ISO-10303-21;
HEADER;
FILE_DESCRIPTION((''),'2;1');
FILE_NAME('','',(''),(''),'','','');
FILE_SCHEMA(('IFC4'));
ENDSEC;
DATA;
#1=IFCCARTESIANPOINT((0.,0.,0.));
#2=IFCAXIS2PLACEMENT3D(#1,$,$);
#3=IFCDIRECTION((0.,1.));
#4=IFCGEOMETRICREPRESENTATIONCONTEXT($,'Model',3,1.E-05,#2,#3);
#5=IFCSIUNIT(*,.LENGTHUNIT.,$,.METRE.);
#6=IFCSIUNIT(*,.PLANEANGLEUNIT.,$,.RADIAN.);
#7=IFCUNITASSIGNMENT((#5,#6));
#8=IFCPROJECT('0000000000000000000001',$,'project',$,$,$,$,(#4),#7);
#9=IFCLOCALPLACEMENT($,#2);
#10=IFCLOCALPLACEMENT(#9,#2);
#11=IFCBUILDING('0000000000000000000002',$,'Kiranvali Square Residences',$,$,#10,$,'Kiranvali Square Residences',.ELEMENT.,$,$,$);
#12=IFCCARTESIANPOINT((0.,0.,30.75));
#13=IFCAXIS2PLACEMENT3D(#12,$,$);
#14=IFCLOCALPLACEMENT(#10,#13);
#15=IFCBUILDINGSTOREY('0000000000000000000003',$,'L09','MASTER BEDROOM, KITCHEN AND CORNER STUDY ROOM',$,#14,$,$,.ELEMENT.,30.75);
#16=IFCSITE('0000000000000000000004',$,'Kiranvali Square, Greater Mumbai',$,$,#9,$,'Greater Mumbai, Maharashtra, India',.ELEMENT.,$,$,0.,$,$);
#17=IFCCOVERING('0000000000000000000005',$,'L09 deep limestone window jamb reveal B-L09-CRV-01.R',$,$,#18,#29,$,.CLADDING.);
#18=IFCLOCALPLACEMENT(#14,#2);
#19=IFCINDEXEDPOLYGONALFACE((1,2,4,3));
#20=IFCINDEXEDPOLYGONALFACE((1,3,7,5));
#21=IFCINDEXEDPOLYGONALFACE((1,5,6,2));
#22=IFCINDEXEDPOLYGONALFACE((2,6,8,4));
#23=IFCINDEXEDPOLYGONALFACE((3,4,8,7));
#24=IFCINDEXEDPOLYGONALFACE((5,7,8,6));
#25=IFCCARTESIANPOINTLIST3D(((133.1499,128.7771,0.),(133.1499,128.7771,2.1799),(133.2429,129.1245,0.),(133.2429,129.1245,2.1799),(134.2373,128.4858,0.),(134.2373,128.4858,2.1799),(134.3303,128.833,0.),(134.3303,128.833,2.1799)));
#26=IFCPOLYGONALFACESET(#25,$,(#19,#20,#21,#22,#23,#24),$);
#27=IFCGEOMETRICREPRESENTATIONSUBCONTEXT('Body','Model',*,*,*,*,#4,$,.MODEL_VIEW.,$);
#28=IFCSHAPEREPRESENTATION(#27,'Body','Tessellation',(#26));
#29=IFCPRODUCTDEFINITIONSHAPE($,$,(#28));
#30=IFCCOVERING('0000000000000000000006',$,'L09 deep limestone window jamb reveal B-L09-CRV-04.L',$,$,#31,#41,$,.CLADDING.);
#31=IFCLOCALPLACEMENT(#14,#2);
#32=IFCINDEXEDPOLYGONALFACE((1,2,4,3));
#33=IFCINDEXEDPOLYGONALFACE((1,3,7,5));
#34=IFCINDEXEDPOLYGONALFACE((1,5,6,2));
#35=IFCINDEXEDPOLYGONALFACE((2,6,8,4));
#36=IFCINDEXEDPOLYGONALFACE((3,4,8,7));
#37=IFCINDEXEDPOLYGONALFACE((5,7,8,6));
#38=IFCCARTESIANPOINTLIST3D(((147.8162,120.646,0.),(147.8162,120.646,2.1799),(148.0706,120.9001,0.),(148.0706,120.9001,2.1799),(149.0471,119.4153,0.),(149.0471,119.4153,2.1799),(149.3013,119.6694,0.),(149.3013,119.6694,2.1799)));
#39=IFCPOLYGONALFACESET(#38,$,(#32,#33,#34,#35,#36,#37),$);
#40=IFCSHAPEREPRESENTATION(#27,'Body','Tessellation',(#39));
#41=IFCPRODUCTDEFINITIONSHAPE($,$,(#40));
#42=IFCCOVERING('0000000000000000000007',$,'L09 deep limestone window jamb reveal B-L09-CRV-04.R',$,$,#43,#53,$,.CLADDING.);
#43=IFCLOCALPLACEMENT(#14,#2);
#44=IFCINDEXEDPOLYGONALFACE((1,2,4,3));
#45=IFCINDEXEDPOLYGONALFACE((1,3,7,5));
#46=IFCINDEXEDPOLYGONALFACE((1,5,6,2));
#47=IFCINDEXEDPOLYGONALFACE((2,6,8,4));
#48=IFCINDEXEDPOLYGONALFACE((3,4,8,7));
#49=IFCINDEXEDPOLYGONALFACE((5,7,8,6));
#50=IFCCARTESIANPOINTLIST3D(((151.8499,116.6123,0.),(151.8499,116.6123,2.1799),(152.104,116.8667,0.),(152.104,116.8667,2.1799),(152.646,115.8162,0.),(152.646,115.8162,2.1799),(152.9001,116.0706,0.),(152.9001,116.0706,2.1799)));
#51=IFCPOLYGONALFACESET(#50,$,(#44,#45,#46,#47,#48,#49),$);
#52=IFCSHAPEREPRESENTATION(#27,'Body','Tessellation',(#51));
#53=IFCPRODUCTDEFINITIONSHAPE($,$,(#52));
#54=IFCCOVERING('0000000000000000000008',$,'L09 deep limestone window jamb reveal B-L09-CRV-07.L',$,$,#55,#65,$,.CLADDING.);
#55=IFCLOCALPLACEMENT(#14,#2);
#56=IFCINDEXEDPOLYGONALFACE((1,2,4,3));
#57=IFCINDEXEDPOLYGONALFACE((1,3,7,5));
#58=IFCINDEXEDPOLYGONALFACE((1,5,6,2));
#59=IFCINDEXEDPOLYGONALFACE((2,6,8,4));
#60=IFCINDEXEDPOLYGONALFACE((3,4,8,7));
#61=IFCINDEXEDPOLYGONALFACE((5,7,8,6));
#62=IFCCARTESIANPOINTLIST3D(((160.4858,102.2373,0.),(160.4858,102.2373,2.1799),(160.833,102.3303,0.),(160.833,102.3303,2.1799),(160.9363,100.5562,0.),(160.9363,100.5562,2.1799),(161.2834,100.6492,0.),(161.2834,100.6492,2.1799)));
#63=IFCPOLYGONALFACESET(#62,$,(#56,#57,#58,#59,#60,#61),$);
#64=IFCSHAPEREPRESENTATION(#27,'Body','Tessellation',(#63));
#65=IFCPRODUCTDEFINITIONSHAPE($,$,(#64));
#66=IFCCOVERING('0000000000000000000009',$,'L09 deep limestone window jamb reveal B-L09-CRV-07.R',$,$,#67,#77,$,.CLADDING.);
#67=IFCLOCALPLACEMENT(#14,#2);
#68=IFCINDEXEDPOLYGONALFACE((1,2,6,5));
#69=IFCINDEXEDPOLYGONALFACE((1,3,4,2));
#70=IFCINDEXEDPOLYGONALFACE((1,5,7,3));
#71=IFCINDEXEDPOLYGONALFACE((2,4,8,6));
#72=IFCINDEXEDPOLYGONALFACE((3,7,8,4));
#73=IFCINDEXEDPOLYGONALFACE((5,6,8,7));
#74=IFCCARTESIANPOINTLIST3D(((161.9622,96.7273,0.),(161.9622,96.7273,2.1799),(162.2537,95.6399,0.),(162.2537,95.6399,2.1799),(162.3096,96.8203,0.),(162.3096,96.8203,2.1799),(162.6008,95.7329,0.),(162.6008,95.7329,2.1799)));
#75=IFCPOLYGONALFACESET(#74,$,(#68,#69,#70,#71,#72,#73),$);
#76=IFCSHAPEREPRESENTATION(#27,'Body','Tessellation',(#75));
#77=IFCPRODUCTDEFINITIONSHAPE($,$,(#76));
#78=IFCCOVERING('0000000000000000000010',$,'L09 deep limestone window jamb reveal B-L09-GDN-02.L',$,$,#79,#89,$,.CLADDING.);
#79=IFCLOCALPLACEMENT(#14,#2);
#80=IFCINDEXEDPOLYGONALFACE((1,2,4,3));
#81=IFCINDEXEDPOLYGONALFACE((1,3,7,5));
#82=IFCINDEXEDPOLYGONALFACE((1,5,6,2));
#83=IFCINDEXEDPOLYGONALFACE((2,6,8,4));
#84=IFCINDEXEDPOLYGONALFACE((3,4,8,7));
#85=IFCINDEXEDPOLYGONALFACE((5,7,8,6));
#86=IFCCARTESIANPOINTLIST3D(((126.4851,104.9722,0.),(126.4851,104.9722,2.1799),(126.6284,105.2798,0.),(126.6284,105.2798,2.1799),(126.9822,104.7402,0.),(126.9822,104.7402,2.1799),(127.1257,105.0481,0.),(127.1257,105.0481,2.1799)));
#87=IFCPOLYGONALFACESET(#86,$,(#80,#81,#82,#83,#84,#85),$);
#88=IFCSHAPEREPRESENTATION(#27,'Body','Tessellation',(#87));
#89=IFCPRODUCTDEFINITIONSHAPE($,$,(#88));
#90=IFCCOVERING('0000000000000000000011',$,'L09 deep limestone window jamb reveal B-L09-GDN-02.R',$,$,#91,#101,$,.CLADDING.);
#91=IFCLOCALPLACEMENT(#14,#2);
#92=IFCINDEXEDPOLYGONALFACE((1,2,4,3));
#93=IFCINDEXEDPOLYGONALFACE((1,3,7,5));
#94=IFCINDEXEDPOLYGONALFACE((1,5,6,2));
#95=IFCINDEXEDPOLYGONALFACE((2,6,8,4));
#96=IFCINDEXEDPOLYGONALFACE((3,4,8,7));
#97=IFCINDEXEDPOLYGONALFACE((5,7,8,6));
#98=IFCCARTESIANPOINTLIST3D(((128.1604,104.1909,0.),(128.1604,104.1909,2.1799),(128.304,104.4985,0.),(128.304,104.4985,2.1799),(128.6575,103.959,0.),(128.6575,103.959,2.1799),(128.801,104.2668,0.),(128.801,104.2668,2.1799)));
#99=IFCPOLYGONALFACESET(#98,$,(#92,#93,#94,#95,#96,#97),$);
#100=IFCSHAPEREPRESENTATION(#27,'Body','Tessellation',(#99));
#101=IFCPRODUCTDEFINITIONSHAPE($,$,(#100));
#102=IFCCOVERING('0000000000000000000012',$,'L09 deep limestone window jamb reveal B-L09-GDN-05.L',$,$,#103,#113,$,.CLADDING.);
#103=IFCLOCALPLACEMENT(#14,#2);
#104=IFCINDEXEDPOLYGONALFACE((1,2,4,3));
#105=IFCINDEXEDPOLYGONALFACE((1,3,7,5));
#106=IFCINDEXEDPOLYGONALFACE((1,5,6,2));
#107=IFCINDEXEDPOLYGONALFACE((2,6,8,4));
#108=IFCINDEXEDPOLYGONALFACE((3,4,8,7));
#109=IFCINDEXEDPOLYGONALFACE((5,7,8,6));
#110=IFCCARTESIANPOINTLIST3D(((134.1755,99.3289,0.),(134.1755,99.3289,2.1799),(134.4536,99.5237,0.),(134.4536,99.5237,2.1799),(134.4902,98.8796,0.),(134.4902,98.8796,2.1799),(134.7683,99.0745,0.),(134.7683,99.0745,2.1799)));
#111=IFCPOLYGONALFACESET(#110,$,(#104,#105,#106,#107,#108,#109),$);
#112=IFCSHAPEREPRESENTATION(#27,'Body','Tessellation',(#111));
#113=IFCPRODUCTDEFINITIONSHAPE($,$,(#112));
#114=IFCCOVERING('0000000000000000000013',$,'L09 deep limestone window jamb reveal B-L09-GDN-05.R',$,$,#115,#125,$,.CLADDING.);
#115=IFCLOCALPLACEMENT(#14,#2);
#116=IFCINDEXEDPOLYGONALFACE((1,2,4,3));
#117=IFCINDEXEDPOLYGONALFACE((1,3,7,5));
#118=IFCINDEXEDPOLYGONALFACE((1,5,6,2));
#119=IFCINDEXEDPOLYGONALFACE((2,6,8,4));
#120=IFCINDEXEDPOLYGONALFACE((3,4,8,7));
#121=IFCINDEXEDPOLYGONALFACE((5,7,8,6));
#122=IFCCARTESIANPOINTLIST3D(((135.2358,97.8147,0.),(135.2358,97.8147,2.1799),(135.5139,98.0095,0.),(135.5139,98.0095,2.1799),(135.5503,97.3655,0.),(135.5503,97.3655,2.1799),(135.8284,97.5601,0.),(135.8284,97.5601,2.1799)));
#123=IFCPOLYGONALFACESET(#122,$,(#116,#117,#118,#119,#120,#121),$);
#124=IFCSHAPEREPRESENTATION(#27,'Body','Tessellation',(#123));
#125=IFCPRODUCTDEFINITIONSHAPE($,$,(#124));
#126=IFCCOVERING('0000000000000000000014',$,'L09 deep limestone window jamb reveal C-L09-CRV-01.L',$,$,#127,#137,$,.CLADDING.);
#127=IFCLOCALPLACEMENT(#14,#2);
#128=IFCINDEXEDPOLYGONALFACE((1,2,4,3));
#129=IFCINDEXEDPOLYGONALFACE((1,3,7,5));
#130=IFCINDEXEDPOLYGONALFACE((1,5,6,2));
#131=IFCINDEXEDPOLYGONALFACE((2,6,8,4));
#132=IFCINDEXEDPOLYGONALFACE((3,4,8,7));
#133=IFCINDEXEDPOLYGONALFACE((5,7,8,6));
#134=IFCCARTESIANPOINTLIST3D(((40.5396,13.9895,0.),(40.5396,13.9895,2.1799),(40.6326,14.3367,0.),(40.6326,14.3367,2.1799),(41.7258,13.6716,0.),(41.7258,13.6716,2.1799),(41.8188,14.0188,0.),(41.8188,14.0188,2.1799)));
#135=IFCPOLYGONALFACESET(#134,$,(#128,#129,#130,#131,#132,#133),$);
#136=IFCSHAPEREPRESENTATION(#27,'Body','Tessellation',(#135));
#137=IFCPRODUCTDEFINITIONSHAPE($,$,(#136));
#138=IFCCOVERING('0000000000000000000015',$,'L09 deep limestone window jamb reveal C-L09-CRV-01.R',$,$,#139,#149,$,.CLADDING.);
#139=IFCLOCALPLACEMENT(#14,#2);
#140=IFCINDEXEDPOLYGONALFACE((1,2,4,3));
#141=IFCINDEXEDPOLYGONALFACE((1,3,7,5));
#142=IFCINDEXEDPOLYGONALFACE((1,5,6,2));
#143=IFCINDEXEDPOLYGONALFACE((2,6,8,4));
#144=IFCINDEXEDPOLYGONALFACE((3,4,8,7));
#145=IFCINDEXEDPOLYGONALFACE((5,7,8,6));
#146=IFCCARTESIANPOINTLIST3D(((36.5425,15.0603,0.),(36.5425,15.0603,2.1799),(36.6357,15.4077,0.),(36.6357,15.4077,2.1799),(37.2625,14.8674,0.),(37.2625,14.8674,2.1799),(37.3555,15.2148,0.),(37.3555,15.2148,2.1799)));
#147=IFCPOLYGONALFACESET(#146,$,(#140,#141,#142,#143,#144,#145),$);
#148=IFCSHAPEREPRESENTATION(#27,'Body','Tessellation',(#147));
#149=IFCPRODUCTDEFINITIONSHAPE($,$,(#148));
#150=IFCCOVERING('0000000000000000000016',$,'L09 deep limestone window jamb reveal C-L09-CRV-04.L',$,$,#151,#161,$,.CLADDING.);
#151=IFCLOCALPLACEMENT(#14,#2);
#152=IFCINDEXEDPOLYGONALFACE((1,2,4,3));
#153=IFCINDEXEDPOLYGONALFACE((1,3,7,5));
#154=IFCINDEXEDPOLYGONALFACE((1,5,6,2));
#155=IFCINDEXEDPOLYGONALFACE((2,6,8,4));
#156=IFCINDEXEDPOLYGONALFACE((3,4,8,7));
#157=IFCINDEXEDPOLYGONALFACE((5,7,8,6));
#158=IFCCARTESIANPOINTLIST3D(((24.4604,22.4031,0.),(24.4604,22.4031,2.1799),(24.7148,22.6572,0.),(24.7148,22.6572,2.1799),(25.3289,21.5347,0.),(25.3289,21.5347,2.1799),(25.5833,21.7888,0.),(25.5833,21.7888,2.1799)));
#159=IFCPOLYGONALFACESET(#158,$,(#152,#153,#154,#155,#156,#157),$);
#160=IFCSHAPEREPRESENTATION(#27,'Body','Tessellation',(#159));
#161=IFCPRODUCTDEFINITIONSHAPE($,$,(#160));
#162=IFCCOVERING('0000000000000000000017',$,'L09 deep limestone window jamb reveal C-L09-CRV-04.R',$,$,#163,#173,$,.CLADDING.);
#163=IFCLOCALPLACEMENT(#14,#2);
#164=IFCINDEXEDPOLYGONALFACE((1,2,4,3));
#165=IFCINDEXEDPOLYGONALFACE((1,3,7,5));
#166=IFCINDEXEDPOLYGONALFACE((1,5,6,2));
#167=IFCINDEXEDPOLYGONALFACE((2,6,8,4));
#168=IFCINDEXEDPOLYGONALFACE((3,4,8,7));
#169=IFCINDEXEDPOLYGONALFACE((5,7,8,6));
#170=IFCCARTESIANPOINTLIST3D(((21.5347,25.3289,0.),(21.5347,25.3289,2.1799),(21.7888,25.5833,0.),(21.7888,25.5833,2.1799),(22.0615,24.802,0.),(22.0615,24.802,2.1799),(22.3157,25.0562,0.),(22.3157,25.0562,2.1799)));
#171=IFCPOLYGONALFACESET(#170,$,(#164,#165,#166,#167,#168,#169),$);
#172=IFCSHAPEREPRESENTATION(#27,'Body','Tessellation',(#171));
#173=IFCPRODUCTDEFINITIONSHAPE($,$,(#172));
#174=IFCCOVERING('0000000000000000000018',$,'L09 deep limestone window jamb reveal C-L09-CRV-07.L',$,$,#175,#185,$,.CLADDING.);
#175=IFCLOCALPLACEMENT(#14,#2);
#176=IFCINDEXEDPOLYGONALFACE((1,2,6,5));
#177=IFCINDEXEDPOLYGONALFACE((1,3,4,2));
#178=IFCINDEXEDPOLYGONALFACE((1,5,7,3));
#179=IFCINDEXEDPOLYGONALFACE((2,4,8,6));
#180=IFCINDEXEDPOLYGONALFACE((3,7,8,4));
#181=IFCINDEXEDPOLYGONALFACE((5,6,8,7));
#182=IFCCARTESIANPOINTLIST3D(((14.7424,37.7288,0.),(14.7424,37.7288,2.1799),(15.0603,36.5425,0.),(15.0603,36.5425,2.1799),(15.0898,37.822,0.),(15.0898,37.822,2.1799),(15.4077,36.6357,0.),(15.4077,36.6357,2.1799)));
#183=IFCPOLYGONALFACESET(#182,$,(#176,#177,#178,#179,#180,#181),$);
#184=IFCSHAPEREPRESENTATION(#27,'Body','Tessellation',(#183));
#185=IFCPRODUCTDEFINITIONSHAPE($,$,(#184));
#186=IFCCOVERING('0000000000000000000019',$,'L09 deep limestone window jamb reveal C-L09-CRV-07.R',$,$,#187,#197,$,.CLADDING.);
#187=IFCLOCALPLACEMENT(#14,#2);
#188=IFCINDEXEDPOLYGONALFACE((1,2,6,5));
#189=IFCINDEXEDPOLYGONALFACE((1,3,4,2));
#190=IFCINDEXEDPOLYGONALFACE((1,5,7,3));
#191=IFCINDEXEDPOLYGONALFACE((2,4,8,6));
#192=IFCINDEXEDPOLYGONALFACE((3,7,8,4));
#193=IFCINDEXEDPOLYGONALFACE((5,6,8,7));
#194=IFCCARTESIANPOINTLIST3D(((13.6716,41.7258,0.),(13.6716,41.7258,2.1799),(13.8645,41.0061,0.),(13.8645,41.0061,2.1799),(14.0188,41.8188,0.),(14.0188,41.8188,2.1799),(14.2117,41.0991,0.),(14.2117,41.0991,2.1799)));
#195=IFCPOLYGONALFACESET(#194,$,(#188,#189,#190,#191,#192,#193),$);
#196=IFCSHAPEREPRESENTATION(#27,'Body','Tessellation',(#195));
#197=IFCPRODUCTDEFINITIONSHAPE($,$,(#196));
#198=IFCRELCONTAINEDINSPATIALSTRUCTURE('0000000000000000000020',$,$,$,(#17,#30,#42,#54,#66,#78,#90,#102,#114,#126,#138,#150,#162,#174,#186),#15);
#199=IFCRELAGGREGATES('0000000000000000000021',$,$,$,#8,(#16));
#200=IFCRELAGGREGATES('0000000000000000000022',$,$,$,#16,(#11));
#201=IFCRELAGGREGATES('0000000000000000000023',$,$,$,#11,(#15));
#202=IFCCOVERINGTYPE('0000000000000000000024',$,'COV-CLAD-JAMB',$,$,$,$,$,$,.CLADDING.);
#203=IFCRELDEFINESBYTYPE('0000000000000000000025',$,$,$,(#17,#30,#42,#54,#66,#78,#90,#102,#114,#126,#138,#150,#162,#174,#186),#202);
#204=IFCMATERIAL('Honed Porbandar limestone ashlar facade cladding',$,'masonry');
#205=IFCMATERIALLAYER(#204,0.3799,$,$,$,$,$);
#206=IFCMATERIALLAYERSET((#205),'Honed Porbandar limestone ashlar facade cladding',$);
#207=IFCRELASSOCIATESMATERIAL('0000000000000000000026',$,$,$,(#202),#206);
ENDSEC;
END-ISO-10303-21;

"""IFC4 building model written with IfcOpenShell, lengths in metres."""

from ifc_helpers import new_model, si_unit, direction, frame, origin, place, context, subcontext, project, spatial, polyline, outline, extrude, material, layer, layer_set, type_object, element, save


model = new_model("IFC4")

# Units and contexts
model_context = context("Model", 3, precision=1e-05, world=origin(), true_north=direction((0.0, 1.0)))
body_context = subcontext(model_context, "Body", "Model", "MODEL_VIEW")
ifc_project = project(units=[si_unit("LENGTHUNIT", "METRE"), si_unit("PLANEANGLEUNIT", "RADIAN")], contexts=[model_context])

# Site, building, storey
site_placement = place(None, origin())
site = spatial("IfcSite", under=ifc_project, at=site_placement, Name="Kiranvali Square, Greater Mumbai", LongName="Greater Mumbai, Maharashtra, India", CompositionType="ELEMENT", RefElevation=0.0)
building_placement = place(site_placement, origin())
building = spatial("IfcBuilding", under=site, at=building_placement, Name="Kiranvali Square Residences", LongName="Kiranvali Square Residences", CompositionType="ELEMENT")
storey_placement = place(building_placement, frame((0.0, 0.0, 30.75)))
storey = spatial("IfcBuildingStorey", under=building, at=storey_placement, Name="L09", Description="MASTER BEDROOM, KITCHEN AND CORNER STUDY ROOM", CompositionType="ELEMENT", Elevation=30.75)

# Coverings
ifc_material = material(Name="Honed Porbandar limestone ashlar facade cladding", Category="masonry")
ifc_layer_1 = layer(ifc_material, 0.3799)
ifc_layer_set_1 = layer_set([ifc_layer_1], Name="Honed Porbandar limestone ashlar facade cladding")
covering_type_1 = type_object("IfcCoveringType", Name="COV-CLAD-JAMB", PredefinedType="CLADDING", material=ifc_layer_set_1)
covering_1_placement = place(storey_placement, origin())
element("IfcCovering", 1, at=covering_1_placement, inside=storey, type_object=covering_type_1, Name="L09 deep limestone window jamb reveal B-L09-CRV-01.R", PredefinedType="CLADDING", context=body_context, shape_type="SweptSolid", body=[
    extrude(outline(polyline([(133.1499, 128.7771), (134.2373, 128.4858), (134.3303, 128.833), (133.2429, 129.1245), (133.1499, 128.7771)])), origin(), (0.0, 0.0, 1.0), 2.1799),
])
covering_2_placement = place(storey_placement, origin())
element("IfcCovering", 2, at=covering_2_placement, inside=storey, type_object=covering_type_1, Name="L09 deep limestone window jamb reveal B-L09-CRV-04.L", PredefinedType="CLADDING", context=body_context, shape_type="SweptSolid", body=[
    extrude(outline(polyline([(147.8162, 120.646), (149.0471, 119.4153), (149.3013, 119.6694), (148.0706, 120.9001), (147.8162, 120.646)])), origin(), (0.0, 0.0, 1.0), 2.1799),
])
covering_3_placement = place(storey_placement, origin())
element("IfcCovering", 3, at=covering_3_placement, inside=storey, type_object=covering_type_1, Name="L09 deep limestone window jamb reveal B-L09-CRV-04.R", PredefinedType="CLADDING", context=body_context, shape_type="SweptSolid", body=[
    extrude(outline(polyline([(151.8499, 116.6123), (152.646, 115.8162), (152.9001, 116.0706), (152.104, 116.8667), (151.8499, 116.6123)])), origin(), (0.0, 0.0, 1.0), 2.1799),
])
covering_4_placement = place(storey_placement, origin())
element("IfcCovering", 4, at=covering_4_placement, inside=storey, type_object=covering_type_1, Name="L09 deep limestone window jamb reveal B-L09-CRV-07.L", PredefinedType="CLADDING", context=body_context, shape_type="SweptSolid", body=[
    extrude(outline(polyline([(160.4858, 102.2373), (160.9363, 100.5562), (161.2834, 100.6492), (160.833, 102.3303), (160.4858, 102.2373)])), origin(), (0.0, 0.0, 1.0), 2.1799),
])
covering_5_placement = place(storey_placement, origin())
element("IfcCovering", 5, at=covering_5_placement, inside=storey, type_object=covering_type_1, Name="L09 deep limestone window jamb reveal B-L09-CRV-07.R", PredefinedType="CLADDING", context=body_context, shape_type="SweptSolid", body=[
    extrude(outline(polyline([(161.9622, 96.7273), (162.2537, 95.6399), (162.6008, 95.7329), (162.3096, 96.8203), (161.9622, 96.7273)])), origin(), (0.0, 0.0, 1.0), 2.1799),
])
covering_6_placement = place(storey_placement, origin())
element("IfcCovering", 6, at=covering_6_placement, inside=storey, type_object=covering_type_1, Name="L09 deep limestone window jamb reveal B-L09-GDN-02.L", PredefinedType="CLADDING", context=body_context, shape_type="SweptSolid", body=[
    extrude(outline(polyline([(126.4851, 104.9722), (126.9822, 104.7402), (127.1257, 105.0481), (126.6284, 105.2798), (126.4851, 104.9722)])), origin(), (0.0, 0.0, 1.0), 2.1799),
])
covering_7_placement = place(storey_placement, origin())
element("IfcCovering", 7, at=covering_7_placement, inside=storey, type_object=covering_type_1, Name="L09 deep limestone window jamb reveal B-L09-GDN-02.R", PredefinedType="CLADDING", context=body_context, shape_type="SweptSolid", body=[
    extrude(outline(polyline([(128.1604, 104.1909), (128.6575, 103.959), (128.801, 104.2668), (128.304, 104.4985), (128.1604, 104.1909)])), origin(), (0.0, 0.0, 1.0), 2.1799),
])
covering_8_placement = place(storey_placement, origin())
element("IfcCovering", 8, at=covering_8_placement, inside=storey, type_object=covering_type_1, Name="L09 deep limestone window jamb reveal B-L09-GDN-05.L", PredefinedType="CLADDING", context=body_context, shape_type="SweptSolid", body=[
    extrude(outline(polyline([(134.1755, 99.3289), (134.4902, 98.8796), (134.7683, 99.0745), (134.4536, 99.5237), (134.1755, 99.3289)])), origin(), (0.0, 0.0, 1.0), 2.1799),
])
covering_9_placement = place(storey_placement, origin())
element("IfcCovering", 9, at=covering_9_placement, inside=storey, type_object=covering_type_1, Name="L09 deep limestone window jamb reveal B-L09-GDN-05.R", PredefinedType="CLADDING", context=body_context, shape_type="SweptSolid", body=[
    extrude(outline(polyline([(135.2358, 97.8147), (135.5503, 97.3655), (135.8284, 97.5601), (135.5139, 98.0095), (135.2358, 97.8147)])), origin(), (0.0, 0.0, 1.0), 2.1799),
])
covering_10_placement = place(storey_placement, origin())
element("IfcCovering", 10, at=covering_10_placement, inside=storey, type_object=covering_type_1, Name="L09 deep limestone window jamb reveal C-L09-CRV-01.L", PredefinedType="CLADDING", context=body_context, shape_type="SweptSolid", body=[
    extrude(outline(polyline([(41.8188, 14.0188), (40.6326, 14.3367), (40.5396, 13.9895), (41.7258, 13.6716), (41.8188, 14.0188)])), origin(), (0.0, 0.0, 1.0), 2.1799),
])
covering_11_placement = place(storey_placement, origin())
element("IfcCovering", 11, at=covering_11_placement, inside=storey, type_object=covering_type_1, Name="L09 deep limestone window jamb reveal C-L09-CRV-01.R", PredefinedType="CLADDING", context=body_context, shape_type="SweptSolid", body=[
    extrude(outline(polyline([(37.3555, 15.2148), (36.6357, 15.4077), (36.5425, 15.0603), (37.2625, 14.8674), (37.3555, 15.2148)])), origin(), (0.0, 0.0, 1.0), 2.1799),
])
covering_12_placement = place(storey_placement, origin())
element("IfcCovering", 12, at=covering_12_placement, inside=storey, type_object=covering_type_1, Name="L09 deep limestone window jamb reveal C-L09-CRV-04.L", PredefinedType="CLADDING", context=body_context, shape_type="SweptSolid", body=[
    extrude(outline(polyline([(25.5833, 21.7888), (24.7148, 22.6572), (24.4604, 22.4031), (25.3289, 21.5347), (25.5833, 21.7888)])), origin(), (0.0, 0.0, 1.0), 2.1799),
])
covering_13_placement = place(storey_placement, origin())
element("IfcCovering", 13, at=covering_13_placement, inside=storey, type_object=covering_type_1, Name="L09 deep limestone window jamb reveal C-L09-CRV-04.R", PredefinedType="CLADDING", context=body_context, shape_type="SweptSolid", body=[
    extrude(outline(polyline([(22.3157, 25.0562), (21.7888, 25.5833), (21.5347, 25.3289), (22.0615, 24.802), (22.3157, 25.0562)])), origin(), (0.0, 0.0, 1.0), 2.1799),
])
covering_14_placement = place(storey_placement, origin())
element("IfcCovering", 14, at=covering_14_placement, inside=storey, type_object=covering_type_1, Name="L09 deep limestone window jamb reveal C-L09-CRV-07.L", PredefinedType="CLADDING", context=body_context, shape_type="SweptSolid", body=[
    extrude(outline(polyline([(15.4077, 36.6357), (15.0898, 37.822), (14.7424, 37.7288), (15.0603, 36.5425), (15.4077, 36.6357)])), origin(), (0.0, 0.0, 1.0), 2.1799),
])
covering_15_placement = place(storey_placement, origin())
element("IfcCovering", 15, at=covering_15_placement, inside=storey, type_object=covering_type_1, Name="L09 deep limestone window jamb reveal C-L09-CRV-07.R", PredefinedType="CLADDING", context=body_context, shape_type="SweptSolid", body=[
    extrude(outline(polyline([(14.2117, 41.0991), (14.0188, 41.8188), (13.6716, 41.7258), (13.8645, 41.0061), (14.2117, 41.0991)])), origin(), (0.0, 0.0, 1.0), 2.1799),
])

save(model, "model.ifc")
